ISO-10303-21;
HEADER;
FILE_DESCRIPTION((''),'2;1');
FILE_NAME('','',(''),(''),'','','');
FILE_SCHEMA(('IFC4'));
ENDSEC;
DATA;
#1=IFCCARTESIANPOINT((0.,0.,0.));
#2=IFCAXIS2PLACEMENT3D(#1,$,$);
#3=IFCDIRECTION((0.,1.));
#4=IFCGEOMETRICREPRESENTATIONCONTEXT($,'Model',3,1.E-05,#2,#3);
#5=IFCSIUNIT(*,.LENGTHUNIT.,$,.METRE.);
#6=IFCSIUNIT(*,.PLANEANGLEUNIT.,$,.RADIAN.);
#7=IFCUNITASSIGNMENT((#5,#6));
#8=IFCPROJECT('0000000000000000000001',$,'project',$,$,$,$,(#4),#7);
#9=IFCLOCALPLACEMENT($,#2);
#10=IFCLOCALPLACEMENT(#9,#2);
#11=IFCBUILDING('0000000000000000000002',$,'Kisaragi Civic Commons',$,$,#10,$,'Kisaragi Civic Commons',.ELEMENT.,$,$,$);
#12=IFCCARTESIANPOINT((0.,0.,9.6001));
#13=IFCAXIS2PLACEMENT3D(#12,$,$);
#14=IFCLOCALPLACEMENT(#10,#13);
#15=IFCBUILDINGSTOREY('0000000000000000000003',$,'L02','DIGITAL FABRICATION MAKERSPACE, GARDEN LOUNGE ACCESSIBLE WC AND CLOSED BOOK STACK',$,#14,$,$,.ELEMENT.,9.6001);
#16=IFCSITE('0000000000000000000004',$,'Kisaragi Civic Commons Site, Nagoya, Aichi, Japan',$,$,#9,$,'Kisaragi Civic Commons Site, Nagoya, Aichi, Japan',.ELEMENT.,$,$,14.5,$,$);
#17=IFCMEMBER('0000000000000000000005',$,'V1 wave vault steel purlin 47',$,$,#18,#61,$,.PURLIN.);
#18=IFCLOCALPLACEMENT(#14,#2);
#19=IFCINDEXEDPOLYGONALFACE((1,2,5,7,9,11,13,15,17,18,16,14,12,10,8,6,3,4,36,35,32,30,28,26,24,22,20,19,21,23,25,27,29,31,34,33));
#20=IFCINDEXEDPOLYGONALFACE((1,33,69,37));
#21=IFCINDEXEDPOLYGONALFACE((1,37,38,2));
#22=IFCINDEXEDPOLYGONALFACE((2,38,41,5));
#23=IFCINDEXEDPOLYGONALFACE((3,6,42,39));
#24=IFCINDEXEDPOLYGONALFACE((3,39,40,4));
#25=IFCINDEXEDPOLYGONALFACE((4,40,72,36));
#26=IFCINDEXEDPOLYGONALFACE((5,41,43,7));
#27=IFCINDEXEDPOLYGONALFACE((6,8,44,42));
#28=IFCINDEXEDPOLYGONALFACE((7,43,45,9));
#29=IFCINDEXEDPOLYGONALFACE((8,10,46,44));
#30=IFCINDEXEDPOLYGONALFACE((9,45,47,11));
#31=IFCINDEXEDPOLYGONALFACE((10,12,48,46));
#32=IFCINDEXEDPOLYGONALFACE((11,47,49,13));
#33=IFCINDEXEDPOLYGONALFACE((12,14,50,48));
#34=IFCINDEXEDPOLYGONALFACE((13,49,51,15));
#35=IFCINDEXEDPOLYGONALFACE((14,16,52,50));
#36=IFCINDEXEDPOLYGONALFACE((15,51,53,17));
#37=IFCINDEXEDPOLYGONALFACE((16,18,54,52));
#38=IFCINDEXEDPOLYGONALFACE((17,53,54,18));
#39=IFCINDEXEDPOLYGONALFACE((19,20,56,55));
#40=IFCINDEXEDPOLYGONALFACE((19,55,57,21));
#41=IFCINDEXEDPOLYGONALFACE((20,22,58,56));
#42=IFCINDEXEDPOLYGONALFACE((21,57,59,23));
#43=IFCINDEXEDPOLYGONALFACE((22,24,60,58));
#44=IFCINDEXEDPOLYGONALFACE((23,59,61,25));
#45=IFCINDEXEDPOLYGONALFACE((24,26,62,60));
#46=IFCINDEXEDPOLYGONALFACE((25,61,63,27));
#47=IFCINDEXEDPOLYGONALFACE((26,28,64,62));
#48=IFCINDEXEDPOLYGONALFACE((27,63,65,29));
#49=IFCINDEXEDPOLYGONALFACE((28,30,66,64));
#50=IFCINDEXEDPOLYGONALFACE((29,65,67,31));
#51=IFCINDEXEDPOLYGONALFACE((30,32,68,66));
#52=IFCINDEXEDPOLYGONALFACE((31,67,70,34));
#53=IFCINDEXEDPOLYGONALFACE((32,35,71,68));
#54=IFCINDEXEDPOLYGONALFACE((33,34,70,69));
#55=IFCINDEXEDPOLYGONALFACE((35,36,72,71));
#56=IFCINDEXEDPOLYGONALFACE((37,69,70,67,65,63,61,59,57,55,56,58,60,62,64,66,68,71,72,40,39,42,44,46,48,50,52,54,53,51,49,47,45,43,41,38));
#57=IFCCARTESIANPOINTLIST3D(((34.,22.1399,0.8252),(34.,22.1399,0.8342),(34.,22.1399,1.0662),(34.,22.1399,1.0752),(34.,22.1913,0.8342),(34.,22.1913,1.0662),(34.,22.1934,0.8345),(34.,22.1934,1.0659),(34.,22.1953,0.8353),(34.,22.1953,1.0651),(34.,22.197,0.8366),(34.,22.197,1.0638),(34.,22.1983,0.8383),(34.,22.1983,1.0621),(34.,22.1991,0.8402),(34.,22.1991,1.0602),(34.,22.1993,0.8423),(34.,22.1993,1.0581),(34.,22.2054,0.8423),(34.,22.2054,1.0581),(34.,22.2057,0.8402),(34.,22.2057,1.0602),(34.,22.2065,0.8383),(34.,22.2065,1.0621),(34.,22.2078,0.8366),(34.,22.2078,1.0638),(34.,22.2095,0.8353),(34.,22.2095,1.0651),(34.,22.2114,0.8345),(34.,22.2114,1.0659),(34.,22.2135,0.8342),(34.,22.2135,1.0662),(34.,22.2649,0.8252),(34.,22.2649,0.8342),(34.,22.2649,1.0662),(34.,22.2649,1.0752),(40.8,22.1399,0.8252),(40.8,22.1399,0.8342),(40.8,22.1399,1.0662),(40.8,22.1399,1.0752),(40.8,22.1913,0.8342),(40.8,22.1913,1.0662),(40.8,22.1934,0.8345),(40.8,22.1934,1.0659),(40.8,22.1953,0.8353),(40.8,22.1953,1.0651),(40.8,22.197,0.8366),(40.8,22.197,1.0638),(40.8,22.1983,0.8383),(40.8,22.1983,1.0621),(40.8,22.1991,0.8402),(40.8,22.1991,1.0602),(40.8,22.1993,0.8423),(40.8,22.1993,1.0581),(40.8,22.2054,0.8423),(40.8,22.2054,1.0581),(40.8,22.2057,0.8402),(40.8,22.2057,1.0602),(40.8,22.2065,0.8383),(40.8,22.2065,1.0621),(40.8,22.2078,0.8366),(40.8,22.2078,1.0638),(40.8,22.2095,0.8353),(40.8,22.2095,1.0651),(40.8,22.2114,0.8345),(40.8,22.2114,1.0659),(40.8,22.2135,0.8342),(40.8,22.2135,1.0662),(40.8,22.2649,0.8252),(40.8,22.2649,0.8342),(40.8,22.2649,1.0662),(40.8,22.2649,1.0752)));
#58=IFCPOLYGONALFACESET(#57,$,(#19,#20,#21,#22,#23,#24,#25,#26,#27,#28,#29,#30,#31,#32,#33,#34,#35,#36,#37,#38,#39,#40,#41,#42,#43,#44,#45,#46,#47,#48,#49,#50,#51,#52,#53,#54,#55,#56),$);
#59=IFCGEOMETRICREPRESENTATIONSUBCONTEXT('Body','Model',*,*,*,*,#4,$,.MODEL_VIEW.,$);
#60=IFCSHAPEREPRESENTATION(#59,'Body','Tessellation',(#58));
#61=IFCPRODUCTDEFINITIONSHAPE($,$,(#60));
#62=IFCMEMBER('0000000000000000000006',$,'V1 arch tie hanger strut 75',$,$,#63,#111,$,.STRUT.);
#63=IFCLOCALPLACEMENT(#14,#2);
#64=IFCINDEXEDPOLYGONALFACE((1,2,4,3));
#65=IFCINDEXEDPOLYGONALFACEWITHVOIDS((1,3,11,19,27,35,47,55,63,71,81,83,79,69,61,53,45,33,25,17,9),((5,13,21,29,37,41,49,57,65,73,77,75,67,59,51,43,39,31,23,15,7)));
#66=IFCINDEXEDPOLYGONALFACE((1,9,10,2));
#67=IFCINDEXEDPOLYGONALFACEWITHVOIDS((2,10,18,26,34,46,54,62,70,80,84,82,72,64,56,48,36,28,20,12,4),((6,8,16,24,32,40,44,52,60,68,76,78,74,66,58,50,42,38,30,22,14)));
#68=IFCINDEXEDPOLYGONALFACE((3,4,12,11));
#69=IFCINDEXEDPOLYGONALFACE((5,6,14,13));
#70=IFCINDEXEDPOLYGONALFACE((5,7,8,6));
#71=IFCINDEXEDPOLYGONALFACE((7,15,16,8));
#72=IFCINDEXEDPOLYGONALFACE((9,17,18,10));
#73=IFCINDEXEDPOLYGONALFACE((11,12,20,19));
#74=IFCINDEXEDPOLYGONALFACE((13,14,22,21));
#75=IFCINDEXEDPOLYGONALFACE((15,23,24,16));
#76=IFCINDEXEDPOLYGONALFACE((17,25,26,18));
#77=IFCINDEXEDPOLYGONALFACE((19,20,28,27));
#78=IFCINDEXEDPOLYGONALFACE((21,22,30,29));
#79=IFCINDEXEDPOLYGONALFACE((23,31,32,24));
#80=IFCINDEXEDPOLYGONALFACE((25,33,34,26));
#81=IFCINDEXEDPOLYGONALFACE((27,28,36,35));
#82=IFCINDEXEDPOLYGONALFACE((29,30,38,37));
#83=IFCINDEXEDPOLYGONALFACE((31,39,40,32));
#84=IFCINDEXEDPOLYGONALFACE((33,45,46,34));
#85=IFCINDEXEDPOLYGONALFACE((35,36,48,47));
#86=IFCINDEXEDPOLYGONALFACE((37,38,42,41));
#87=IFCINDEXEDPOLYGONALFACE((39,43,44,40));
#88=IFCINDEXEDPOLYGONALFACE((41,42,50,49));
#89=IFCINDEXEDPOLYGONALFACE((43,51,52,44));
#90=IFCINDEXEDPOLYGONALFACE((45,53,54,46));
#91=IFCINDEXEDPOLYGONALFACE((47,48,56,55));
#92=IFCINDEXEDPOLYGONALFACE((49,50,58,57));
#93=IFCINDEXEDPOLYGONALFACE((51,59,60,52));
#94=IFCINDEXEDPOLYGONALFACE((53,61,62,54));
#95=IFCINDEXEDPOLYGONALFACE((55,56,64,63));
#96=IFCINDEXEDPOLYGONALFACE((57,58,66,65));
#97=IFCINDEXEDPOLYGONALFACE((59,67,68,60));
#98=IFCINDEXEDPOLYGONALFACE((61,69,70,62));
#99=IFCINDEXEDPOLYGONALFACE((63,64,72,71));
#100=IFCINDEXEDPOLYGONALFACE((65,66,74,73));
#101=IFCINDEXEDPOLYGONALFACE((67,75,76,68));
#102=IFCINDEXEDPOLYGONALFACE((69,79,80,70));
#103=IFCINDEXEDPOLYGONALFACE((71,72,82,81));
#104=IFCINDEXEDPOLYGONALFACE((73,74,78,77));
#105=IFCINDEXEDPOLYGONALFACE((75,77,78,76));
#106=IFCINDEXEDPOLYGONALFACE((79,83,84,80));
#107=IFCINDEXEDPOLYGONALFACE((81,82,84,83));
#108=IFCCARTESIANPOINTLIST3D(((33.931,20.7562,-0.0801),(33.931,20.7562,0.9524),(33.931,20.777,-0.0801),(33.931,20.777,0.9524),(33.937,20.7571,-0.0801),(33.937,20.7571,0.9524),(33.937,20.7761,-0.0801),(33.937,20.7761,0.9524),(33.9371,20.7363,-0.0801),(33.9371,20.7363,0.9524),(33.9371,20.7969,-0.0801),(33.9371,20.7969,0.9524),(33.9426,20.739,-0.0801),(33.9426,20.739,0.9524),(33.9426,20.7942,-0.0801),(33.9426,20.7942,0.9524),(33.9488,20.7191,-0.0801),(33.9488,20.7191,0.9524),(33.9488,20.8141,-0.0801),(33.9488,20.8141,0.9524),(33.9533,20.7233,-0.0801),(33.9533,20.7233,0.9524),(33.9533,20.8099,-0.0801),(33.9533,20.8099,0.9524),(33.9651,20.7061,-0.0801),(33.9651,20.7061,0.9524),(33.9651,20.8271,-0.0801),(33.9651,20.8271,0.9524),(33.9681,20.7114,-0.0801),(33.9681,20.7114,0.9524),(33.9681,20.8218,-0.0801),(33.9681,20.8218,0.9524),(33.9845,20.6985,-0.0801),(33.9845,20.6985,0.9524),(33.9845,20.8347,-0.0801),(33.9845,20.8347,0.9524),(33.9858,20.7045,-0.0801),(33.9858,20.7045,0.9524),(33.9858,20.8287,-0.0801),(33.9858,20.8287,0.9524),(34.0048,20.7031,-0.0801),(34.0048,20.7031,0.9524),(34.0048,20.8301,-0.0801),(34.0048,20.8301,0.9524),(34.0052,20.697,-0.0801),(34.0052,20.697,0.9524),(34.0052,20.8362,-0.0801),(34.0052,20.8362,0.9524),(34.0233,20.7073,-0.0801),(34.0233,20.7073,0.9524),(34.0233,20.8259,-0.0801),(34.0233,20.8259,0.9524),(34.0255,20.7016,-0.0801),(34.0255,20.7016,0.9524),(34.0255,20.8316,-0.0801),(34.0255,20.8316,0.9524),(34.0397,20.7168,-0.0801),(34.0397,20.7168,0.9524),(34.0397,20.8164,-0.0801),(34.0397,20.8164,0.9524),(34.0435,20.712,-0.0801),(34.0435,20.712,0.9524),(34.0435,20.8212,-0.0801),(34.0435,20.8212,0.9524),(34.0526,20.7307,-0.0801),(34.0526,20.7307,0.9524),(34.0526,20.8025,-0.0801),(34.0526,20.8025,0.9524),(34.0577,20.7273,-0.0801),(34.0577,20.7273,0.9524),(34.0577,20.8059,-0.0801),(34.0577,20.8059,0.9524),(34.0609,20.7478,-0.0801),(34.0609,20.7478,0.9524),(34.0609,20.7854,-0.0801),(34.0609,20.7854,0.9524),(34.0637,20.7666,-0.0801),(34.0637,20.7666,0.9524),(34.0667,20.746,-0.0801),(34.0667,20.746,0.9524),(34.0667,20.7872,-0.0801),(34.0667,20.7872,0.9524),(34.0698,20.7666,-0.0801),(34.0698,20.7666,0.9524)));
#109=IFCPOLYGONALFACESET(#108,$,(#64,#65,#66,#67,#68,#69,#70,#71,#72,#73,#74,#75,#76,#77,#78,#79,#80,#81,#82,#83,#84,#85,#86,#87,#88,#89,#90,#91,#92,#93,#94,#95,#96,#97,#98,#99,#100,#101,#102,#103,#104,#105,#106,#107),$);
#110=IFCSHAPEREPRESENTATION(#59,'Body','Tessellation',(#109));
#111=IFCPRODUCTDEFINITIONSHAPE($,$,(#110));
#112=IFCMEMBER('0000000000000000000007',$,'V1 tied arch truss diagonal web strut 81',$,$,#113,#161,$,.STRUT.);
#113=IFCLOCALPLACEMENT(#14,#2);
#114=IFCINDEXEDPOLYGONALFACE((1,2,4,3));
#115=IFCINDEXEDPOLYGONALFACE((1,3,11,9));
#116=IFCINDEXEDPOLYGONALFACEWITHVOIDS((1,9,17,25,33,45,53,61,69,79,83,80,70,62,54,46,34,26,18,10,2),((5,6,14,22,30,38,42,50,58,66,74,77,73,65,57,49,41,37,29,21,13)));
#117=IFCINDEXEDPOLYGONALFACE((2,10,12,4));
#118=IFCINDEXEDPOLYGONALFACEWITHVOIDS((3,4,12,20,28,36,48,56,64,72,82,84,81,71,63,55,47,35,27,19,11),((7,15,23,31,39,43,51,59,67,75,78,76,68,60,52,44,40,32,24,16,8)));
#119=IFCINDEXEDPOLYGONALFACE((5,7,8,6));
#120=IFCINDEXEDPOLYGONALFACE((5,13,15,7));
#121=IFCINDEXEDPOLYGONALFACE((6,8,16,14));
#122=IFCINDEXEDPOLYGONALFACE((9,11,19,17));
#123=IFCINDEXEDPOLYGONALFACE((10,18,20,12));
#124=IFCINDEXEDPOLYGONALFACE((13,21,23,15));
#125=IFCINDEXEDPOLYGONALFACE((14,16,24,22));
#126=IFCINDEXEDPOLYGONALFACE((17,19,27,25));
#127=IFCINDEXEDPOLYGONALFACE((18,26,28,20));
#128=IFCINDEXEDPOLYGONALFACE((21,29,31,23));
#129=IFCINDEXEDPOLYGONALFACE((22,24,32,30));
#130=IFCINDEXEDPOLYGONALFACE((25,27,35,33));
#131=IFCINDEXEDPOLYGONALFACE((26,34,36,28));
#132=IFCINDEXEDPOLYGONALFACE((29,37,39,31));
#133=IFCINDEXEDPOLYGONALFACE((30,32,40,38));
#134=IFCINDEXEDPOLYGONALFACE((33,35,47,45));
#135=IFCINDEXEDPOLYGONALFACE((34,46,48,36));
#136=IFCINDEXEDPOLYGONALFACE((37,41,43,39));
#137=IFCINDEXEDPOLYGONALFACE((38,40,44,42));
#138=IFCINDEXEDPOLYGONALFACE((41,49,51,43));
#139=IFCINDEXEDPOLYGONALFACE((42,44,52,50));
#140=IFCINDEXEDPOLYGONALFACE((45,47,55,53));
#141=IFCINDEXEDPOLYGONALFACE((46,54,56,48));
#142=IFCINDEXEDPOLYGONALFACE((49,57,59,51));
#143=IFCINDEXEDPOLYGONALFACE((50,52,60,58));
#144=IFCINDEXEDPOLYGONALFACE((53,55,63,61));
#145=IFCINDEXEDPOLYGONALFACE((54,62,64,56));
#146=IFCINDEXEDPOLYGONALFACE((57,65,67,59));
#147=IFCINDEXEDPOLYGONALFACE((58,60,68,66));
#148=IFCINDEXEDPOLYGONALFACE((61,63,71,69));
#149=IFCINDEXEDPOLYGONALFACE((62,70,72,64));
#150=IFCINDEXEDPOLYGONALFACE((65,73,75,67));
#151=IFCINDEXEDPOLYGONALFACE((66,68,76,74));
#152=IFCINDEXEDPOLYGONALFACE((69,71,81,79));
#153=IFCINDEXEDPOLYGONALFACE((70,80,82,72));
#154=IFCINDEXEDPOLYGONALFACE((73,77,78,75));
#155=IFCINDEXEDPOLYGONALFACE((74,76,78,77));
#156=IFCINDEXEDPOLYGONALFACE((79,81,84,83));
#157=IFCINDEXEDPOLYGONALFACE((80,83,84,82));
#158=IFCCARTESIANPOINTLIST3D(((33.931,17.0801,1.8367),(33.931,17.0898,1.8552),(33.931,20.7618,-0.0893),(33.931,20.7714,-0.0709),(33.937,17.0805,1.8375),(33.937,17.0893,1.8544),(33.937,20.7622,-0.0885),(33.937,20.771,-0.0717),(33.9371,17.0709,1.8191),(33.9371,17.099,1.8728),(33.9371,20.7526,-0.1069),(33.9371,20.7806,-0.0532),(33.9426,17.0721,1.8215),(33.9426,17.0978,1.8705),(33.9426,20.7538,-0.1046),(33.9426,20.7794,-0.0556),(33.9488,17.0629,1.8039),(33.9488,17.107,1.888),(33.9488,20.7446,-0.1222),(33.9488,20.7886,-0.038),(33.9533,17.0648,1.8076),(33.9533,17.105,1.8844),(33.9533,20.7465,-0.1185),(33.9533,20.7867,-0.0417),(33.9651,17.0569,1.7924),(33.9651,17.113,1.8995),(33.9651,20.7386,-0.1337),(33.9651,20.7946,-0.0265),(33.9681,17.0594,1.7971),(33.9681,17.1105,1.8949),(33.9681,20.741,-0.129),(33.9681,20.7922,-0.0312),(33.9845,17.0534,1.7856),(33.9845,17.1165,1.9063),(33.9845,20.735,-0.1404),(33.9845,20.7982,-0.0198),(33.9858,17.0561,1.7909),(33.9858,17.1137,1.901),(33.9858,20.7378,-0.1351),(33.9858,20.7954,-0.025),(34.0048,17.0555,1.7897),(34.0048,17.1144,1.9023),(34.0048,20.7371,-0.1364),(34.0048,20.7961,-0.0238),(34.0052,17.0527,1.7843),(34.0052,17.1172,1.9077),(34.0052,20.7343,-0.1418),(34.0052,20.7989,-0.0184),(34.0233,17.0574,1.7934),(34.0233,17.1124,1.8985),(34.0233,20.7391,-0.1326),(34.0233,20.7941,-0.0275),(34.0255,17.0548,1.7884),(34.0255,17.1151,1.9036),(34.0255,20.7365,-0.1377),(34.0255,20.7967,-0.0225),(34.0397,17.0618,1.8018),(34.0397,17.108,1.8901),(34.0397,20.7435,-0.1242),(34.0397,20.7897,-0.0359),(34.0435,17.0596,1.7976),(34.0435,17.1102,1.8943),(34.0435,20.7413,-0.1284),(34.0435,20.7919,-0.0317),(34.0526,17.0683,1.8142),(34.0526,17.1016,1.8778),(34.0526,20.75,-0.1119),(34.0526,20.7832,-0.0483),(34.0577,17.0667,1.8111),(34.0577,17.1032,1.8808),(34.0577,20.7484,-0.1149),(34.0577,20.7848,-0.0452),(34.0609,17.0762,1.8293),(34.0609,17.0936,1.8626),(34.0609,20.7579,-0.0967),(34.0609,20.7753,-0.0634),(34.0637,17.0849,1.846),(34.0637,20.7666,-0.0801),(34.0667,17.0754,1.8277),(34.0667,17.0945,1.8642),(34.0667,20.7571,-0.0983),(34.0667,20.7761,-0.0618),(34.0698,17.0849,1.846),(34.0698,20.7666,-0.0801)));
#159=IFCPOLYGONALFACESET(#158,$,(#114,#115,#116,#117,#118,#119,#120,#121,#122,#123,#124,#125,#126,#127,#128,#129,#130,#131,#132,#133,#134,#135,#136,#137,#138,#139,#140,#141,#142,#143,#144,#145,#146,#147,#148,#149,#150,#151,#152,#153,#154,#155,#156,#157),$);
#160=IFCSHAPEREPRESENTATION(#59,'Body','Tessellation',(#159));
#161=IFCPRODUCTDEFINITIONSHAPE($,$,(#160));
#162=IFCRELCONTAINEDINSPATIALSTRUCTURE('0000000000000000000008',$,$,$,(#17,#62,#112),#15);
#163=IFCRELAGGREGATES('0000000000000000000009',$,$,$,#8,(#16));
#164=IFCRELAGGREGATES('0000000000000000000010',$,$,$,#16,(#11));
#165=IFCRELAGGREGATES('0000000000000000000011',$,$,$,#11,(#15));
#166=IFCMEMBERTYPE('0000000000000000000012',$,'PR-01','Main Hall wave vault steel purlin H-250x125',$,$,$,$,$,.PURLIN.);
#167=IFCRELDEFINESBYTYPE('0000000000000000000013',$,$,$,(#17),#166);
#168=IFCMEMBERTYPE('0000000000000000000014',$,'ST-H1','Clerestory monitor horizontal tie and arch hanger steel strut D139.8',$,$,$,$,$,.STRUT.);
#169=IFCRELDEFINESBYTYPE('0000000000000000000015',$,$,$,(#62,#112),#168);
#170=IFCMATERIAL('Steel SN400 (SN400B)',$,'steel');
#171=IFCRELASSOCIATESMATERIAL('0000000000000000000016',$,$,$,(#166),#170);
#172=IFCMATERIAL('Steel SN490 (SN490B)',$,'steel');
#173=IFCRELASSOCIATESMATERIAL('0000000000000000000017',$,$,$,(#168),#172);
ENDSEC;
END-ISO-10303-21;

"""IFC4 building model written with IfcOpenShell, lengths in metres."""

from ifc_helpers import new_model, si_unit, direction, frame, origin, origin_2d, place, context, subcontext, project, spatial, hollow_circle, i_section, extrude, material, material_profile, profile_set, type_object, element, save


model = new_model("IFC4")

# Units and contexts
model_context = context("Model", 3, precision=1e-05, world=origin(), true_north=direction((0.0, 1.0)))
body_context = subcontext(model_context, "Body", "Model", "MODEL_VIEW")
ifc_project = project(units=[si_unit("LENGTHUNIT", "METRE"), si_unit("PLANEANGLEUNIT", "RADIAN")], contexts=[model_context])

# Site, building, storey
site_placement = place(None, origin())
site = spatial("IfcSite", under=ifc_project, at=site_placement, Name="Kisaragi Civic Commons Site, Nagoya, Aichi, Japan", LongName="Kisaragi Civic Commons Site, Nagoya, Aichi, Japan", CompositionType="ELEMENT", RefElevation=14.5)
building_placement = place(site_placement, origin())
building = spatial("IfcBuilding", under=site, at=building_placement, Name="Kisaragi Civic Commons", LongName="Kisaragi Civic Commons", CompositionType="ELEMENT")
storey_placement = place(building_placement, frame((0.0, 0.0, 9.6001)))
storey = spatial("IfcBuildingStorey", under=building, at=storey_placement, Name="L02", Description="DIGITAL FABRICATION MAKERSPACE, GARDEN LOUNGE ACCESSIBLE WC AND CLOSED BOOK STACK", CompositionType="ELEMENT", Elevation=9.6001)

# Shared definitions
ifc_material_1 = material(Name="Steel SN400 (SN400B)", Category="steel")

# Members
ifc_material_2 = material(Name="Steel SN490 (SN490B)", Category="steel")
ifc_material_profile_1 = material_profile(ifc_material_1, i_section(OverallWidth=0.125, OverallDepth=0.25, WebThickness=0.0061, FlangeThickness=0.009, FilletRadius=0.0081, at=origin_2d()), Name="H-250x125x6x9", Category="steel")
ifc_profile_set_1 = profile_set([ifc_material_profile_1], Name="Steel SN400 (SN400B)")
member_type_1 = type_object("IfcMemberType", Name="PR-01", Description="Main Hall wave vault steel purlin H-250x125", PredefinedType="PURLIN", material=ifc_profile_set_1)
member_1_placement = place(storey_placement, frame((34.0, 22.2024, 0.9502), z_axis=(1.0, 0.0, 0.0), x_axis=(0.0, 1.0, 0.0)))
element("IfcMember", 1, at=member_1_placement, inside=storey, type_object=member_type_1, Name="V1 wave vault steel purlin 47", PredefinedType="PURLIN", context=body_context, shape_type="SweptSolid", body=[
    extrude(i_section(OverallWidth=0.125, OverallDepth=0.25, WebThickness=0.0061, FlangeThickness=0.009, FilletRadius=0.0081, at=origin_2d()), origin(), (0.0, 0.0, 1.0), 6.8),
])
ifc_material_profile_2 = material_profile(ifc_material_2, hollow_circle(Radius=0.0698, WallThickness=0.0061, at=origin_2d()), Name="CHS-139.8x6.0", Category="steel")
ifc_profile_set_2 = profile_set([ifc_material_profile_2], Name="Steel SN490 (SN490B)")
member_type_2 = type_object("IfcMemberType", Name="ST-H1", Description="Clerestory monitor horizontal tie and arch hanger steel strut D139.8", PredefinedType="STRUT", material=ifc_profile_set_2)
member_2_placement = place(storey_placement, frame((34.0, 20.7666, -0.0801), z_axis=(0.0, 0.0, 1.0), x_axis=(1.0, 0.0, 0.0)))
element("IfcMember", 2, at=member_2_placement, inside=storey, type_object=member_type_2, Name="V1 arch tie hanger strut 75", PredefinedType="STRUT", context=body_context, shape_type="SweptSolid", body=[
    extrude(hollow_circle(Radius=0.0698, WallThickness=0.0061, at=origin_2d()), origin(), (0.0, 0.0, 1.0), 1.0325),
])
member_3_placement = place(storey_placement, frame((34.0, 20.7666, -0.0801), z_axis=(0.0, -0.886074, 0.463544), x_axis=(1.0, 0.0, 0.0)))
element("IfcMember", 3, at=member_3_placement, inside=storey, type_object=member_type_2, Name="V1 tied arch truss diagonal web strut 81", PredefinedType="STRUT", context=body_context, shape_type="SweptSolid", body=[
    extrude(hollow_circle(Radius=0.0698, WallThickness=0.0061, at=origin_2d()), origin(), (0.0, 0.0, 1.0), 4.155),
])

save(model, "model.ifc")
